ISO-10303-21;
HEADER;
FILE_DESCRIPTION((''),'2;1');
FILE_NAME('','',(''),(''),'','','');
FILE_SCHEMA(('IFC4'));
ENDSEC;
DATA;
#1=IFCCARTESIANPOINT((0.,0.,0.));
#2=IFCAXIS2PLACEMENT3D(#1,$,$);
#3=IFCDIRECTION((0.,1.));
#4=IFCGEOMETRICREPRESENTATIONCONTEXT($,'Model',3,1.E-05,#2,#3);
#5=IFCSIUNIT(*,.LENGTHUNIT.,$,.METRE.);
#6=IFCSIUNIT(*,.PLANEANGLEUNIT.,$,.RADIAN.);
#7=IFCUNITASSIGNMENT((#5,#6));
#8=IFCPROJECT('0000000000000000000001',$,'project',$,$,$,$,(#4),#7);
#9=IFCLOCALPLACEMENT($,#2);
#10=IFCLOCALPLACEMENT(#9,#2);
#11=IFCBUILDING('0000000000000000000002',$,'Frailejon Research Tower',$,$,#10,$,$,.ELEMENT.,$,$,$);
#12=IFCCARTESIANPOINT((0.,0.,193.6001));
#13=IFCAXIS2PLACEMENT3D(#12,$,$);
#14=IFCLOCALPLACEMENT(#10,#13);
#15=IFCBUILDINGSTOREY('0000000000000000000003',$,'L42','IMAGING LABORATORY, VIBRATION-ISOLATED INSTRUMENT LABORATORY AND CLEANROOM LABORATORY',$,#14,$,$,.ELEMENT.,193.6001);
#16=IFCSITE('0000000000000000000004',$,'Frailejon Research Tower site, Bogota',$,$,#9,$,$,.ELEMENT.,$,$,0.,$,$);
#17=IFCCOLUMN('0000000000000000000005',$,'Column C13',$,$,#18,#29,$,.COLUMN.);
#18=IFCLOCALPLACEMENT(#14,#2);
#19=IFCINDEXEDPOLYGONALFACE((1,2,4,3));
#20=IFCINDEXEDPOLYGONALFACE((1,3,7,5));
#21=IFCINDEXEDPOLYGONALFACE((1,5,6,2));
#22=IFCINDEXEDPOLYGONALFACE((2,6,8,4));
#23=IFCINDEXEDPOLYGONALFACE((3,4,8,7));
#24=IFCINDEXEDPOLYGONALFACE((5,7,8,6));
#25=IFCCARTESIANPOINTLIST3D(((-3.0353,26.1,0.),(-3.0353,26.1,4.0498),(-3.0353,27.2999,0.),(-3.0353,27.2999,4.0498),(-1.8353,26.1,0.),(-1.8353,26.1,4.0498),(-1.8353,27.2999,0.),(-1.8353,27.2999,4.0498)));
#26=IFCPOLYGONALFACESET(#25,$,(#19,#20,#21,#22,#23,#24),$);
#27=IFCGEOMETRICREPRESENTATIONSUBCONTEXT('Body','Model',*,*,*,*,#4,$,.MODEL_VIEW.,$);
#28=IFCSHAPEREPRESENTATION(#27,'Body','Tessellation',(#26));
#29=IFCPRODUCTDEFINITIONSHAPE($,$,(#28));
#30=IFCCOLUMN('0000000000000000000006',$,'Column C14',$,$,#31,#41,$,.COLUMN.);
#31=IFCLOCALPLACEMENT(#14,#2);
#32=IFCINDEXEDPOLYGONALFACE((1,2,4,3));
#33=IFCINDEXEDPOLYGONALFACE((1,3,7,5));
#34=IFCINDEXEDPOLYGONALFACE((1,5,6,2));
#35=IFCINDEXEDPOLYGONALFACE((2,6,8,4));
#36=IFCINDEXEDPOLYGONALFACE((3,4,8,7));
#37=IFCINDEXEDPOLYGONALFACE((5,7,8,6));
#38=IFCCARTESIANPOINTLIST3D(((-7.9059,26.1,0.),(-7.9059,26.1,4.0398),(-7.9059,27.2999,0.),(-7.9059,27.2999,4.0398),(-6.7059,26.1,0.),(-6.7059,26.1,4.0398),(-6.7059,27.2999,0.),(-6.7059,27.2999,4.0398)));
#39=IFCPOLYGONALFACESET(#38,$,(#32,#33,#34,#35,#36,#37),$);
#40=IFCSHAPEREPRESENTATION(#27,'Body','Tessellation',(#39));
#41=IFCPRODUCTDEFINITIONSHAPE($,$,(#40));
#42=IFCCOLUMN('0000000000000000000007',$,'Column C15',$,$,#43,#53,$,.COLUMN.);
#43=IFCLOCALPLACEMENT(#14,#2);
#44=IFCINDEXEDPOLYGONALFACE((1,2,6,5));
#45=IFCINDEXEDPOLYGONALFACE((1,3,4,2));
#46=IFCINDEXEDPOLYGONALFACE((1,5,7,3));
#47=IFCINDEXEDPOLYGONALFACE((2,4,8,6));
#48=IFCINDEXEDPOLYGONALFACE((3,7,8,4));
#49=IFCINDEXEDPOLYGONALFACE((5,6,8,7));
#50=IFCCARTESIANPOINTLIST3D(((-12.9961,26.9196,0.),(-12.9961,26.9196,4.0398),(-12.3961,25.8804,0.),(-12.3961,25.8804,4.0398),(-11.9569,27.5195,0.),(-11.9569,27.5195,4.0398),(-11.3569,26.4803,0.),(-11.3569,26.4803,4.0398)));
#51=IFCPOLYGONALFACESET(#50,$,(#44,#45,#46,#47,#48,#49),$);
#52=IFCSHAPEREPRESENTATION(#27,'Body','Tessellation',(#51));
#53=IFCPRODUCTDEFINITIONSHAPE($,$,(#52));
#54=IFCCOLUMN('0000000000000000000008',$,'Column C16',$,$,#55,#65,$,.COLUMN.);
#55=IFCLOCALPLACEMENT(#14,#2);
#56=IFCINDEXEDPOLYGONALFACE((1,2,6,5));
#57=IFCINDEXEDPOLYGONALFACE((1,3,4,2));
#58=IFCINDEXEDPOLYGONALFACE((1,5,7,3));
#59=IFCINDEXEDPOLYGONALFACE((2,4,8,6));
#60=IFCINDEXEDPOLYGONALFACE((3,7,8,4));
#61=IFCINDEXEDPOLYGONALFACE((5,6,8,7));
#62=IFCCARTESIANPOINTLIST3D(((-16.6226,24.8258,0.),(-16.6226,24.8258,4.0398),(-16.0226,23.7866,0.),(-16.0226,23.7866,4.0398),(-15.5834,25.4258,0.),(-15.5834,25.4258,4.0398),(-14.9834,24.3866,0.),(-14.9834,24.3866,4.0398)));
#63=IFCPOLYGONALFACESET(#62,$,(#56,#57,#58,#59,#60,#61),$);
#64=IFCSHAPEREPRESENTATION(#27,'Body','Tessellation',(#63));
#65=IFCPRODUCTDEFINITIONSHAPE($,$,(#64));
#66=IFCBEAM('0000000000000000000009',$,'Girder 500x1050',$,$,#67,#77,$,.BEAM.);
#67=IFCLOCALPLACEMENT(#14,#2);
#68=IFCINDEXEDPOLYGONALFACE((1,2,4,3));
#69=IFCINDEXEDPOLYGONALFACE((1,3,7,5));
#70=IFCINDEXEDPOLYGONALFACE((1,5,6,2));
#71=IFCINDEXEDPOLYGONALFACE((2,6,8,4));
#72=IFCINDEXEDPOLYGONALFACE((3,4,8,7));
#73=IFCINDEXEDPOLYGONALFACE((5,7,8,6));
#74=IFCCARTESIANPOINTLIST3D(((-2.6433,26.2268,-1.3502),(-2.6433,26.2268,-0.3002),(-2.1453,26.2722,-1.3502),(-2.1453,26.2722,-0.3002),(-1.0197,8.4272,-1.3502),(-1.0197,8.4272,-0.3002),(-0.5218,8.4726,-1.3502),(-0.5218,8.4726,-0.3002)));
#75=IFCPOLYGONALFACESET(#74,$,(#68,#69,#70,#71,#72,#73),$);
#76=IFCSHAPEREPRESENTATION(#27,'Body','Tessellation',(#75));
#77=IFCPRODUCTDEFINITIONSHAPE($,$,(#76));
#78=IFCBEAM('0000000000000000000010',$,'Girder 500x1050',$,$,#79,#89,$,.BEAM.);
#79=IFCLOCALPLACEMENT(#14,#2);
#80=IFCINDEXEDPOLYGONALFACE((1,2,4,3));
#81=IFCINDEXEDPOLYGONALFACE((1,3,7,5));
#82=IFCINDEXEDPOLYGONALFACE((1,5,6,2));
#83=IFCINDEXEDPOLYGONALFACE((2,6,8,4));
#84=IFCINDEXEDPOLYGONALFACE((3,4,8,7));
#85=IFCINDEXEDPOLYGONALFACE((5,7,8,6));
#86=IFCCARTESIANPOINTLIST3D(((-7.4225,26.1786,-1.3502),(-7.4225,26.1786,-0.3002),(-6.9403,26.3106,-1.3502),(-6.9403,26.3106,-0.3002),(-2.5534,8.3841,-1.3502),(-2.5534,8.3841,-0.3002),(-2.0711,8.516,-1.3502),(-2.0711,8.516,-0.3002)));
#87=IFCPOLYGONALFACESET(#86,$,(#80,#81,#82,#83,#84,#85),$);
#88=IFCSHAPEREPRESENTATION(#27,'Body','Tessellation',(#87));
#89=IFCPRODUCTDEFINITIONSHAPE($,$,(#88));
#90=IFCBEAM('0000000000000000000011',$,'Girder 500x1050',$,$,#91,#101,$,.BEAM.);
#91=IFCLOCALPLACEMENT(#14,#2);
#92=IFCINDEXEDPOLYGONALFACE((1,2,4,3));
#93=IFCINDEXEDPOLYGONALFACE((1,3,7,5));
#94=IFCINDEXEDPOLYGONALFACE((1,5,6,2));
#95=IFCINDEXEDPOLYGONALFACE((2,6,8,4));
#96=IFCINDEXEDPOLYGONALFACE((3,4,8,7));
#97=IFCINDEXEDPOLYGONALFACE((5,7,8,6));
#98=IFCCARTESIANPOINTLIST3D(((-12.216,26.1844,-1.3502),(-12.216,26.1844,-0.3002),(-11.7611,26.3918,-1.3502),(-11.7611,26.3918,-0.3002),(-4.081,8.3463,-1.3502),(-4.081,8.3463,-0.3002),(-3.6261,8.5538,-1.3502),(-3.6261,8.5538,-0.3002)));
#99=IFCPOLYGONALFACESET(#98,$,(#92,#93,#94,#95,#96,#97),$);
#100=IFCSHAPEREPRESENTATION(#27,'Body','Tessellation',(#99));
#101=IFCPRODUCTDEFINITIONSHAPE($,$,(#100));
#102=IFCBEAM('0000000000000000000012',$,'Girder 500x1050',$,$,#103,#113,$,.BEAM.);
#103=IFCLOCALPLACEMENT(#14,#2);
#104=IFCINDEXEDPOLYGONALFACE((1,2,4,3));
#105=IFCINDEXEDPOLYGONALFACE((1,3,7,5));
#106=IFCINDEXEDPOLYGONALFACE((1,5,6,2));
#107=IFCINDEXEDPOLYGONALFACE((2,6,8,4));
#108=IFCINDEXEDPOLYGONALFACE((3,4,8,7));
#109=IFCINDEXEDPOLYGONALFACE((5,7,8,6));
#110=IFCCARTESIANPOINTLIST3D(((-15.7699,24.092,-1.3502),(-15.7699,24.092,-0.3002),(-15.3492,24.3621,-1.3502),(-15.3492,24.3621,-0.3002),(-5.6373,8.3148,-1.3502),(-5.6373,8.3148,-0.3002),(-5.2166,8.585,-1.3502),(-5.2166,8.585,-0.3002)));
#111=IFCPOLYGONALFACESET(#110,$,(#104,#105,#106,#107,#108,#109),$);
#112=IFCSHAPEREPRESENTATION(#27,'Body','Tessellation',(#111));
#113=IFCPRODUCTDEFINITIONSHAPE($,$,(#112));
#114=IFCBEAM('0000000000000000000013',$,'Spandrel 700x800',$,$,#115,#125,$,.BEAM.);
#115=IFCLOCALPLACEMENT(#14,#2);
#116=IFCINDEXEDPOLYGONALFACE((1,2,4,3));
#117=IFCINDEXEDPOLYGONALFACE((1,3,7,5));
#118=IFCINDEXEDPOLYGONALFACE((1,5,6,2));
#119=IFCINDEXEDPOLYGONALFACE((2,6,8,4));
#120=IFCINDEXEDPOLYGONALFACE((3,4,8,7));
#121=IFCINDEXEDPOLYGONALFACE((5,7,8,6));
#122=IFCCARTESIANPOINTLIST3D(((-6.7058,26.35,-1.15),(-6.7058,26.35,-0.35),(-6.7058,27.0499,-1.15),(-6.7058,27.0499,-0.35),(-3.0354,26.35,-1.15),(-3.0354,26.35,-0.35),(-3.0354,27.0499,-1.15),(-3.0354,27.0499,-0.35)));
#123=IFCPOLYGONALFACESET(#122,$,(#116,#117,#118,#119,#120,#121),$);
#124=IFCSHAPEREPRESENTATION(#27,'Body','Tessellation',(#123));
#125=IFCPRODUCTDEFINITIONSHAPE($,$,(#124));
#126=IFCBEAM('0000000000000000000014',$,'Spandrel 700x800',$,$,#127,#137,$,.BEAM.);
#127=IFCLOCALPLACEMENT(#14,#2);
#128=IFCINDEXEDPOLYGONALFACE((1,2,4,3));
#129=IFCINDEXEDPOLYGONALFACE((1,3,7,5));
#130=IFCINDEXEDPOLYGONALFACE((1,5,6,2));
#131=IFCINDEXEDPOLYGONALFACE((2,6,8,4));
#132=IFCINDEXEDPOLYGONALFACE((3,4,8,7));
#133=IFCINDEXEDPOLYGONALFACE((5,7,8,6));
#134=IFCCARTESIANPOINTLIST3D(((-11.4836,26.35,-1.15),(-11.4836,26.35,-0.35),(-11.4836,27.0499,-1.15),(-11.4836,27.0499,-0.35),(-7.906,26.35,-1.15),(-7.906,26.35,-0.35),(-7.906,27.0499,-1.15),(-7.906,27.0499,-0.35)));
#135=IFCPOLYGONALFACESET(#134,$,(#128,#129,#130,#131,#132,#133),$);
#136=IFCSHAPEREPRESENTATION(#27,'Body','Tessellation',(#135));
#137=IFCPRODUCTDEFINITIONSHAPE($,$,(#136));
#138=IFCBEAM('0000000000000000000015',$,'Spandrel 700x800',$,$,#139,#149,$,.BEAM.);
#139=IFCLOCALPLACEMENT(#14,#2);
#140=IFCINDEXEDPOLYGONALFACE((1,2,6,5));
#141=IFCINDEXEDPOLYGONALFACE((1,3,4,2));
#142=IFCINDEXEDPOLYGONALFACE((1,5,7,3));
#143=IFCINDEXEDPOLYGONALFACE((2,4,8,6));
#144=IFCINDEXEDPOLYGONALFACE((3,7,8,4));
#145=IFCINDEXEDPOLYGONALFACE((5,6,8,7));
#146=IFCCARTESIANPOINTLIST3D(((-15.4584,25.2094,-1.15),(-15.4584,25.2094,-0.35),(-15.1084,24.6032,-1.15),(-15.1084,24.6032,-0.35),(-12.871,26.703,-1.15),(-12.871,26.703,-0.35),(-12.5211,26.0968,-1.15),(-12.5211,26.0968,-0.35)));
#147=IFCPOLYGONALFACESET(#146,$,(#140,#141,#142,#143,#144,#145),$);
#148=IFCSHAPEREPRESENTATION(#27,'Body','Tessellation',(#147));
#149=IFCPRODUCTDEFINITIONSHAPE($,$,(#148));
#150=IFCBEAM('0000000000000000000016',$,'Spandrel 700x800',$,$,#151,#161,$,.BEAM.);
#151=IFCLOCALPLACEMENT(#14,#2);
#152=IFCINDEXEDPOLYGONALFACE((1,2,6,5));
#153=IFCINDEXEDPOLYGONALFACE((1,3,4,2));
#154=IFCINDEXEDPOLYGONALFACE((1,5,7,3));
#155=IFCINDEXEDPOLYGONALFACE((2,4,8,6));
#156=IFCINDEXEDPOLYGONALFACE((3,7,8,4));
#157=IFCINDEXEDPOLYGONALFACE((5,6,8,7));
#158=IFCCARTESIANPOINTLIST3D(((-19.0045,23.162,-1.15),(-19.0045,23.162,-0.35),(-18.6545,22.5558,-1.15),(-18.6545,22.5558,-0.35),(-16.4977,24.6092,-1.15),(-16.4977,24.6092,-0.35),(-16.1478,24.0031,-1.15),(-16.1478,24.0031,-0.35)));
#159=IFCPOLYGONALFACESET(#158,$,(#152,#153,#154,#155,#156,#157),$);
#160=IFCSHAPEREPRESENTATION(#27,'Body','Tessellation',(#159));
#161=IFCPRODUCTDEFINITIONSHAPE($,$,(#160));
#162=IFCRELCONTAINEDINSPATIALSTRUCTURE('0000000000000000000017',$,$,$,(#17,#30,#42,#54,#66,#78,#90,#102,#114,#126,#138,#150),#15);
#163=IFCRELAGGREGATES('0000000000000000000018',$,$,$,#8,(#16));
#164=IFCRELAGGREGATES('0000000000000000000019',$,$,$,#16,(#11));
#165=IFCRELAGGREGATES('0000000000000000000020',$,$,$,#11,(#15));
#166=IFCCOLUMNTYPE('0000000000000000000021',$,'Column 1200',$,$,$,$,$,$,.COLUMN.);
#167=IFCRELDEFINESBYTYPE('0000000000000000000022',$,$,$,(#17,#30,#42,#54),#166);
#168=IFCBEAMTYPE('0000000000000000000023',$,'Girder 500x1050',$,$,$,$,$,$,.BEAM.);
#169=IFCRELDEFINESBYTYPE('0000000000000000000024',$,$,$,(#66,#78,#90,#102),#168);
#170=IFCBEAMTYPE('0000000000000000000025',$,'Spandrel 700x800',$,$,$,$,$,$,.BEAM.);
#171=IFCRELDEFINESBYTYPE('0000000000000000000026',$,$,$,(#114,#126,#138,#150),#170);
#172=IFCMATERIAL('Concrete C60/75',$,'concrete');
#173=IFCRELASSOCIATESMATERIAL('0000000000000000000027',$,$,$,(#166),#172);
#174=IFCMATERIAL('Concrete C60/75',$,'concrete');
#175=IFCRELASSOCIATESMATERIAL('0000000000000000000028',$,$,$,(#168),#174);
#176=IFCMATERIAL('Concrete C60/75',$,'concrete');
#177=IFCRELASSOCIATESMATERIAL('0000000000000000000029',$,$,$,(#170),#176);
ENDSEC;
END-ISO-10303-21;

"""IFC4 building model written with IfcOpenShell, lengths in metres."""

from ifc_helpers import new_model, si_unit, direction, frame, origin, origin_2d, place, context, subcontext, project, spatial, rectangle, extrude, material, material_profile, profile_set, type_object, element, save


model = new_model("IFC4")

# Units and contexts
model_context = context("Model", 3, precision=1e-05, world=origin(), true_north=direction((0.0, 1.0)))
body_context = subcontext(model_context, "Body", "Model", "MODEL_VIEW")
ifc_project = project(units=[si_unit("LENGTHUNIT", "METRE"), si_unit("PLANEANGLEUNIT", "RADIAN")], contexts=[model_context])

# Site, building, storey
site_placement = place(None, origin())
site = spatial("IfcSite", under=ifc_project, at=site_placement, Name="Frailejon Research Tower site, Bogota", CompositionType="ELEMENT", RefElevation=0.0)
building_placement = place(site_placement, origin())
building = spatial("IfcBuilding", under=site, at=building_placement, Name="Frailejon Research Tower", CompositionType="ELEMENT")
storey_placement = place(building_placement, frame((0.0, 0.0, 193.6001)))
storey = spatial("IfcBuildingStorey", under=building, at=storey_placement, Name="L42", Description="IMAGING LABORATORY, VIBRATION-ISOLATED INSTRUMENT LABORATORY AND CLEANROOM LABORATORY", CompositionType="ELEMENT", Elevation=193.6001)

# Columns
ifc_material_1 = material(Name="Concrete C60/75", Category="concrete")
ifc_material_profile_1 = material_profile(ifc_material_1, rectangle(XDim=1.2, YDim=1.2, at=origin_2d()), Name="Column 1200")
ifc_profile_set_1 = profile_set([ifc_material_profile_1], Name="Concrete C60/75")
column_type = type_object("IfcColumnType", Name="Column 1200", PredefinedType="COLUMN", material=ifc_profile_set_1)
column_placement = place(storey_placement, frame((-2.4353, 26.7, 0.0), z_axis=(0.0, 0.0, 1.0), x_axis=(-1.0, 0.0, 0.0)))
element("IfcColumn", 1, at=column_placement, inside=storey, type_object=column_type, Name="Column C13", PredefinedType="COLUMN", context=body_context, shape_type="SweptSolid", body=[
    extrude(rectangle(XDim=1.2, YDim=1.2, at=origin_2d()), origin(), (0.0, 0.0, 1.0), 4.0498),
])
for number, where, z_axis, x_axis, name in (
    (2, (-7.3059, 26.7, 0.0), (0.0, 0.0, 1.0), (-1.0, 0.0, 0.0), "Column C14"),
    (3, (-12.1765, 26.7, 0.0), (0.0, 0.0, 1.0), (-0.866025, -0.5, 0.0), "Column C15"),
    (4, (-15.803, 24.6062, 0.0), (0.0, 0.0, 1.0), (-0.866025, -0.5, 0.0), "Column C16"),
):
    element("IfcColumn", number, at=place(storey_placement, frame(where, z_axis=z_axis, x_axis=x_axis)), inside=storey, type_object=column_type, Name=name, PredefinedType="COLUMN", context=body_context, shape_type="SweptSolid", body=[
        extrude(rectangle(XDim=1.2, YDim=1.2, at=origin_2d()), origin(), (0.0, 0.0, 1.0), 4.0398),
    ])

# Beams
ifc_material_2 = material(Name="Concrete C60/75", Category="concrete")
ifc_material_profile_2 = material_profile(ifc_material_2, rectangle(XDim=0.5, YDim=1.05, at=origin_2d()), Name="Girder 500x1050")
ifc_profile_set_2 = profile_set([ifc_material_profile_2], Name="Concrete C60/75")
beam_type_1 = type_object("IfcBeamType", Name="Girder 500x1050", PredefinedType="BEAM", material=ifc_profile_set_2)
beam_1_placement = place(storey_placement, frame((-2.3943, 26.2495, -0.8252), z_axis=(0.090835, -0.995866, 0.0), x_axis=(0.995866, 0.090835, 0.0)))
element("IfcBeam", 5, at=beam_1_placement, inside=storey, type_object=beam_type_1, Name="Girder 500x1050", PredefinedType="BEAM", context=body_context, shape_type="SweptSolid", body=[
    extrude(rectangle(XDim=0.5, YDim=1.05, at=origin_2d()), origin(), (0.0, 0.0, 1.0), 17.8735),
])
beam_2_placement = place(storey_placement, frame((-7.1814, 26.2446, -0.8252), z_axis=(0.263927, -0.964543, 0.0), x_axis=(0.964543, 0.263927, 0.0)))
element("IfcBeam", 6, at=beam_2_placement, inside=storey, type_object=beam_type_1, Name="Girder 500x1050", PredefinedType="BEAM", context=body_context, shape_type="SweptSolid", body=[
    extrude(rectangle(XDim=0.5, YDim=1.05, at=origin_2d()), origin(), (0.0, 0.0, 1.0), 18.4487),
])
beam_3_placement = place(storey_placement, frame((-11.9885, 26.2881, -0.8252), z_axis=(0.414934, -0.909851, 0.0), x_axis=(0.909851, 0.414934, 0.0)))
element("IfcBeam", 7, at=beam_3_placement, inside=storey, type_object=beam_type_1, Name="Girder 500x1050", PredefinedType="BEAM", context=body_context, shape_type="SweptSolid", body=[
    extrude(rectangle(XDim=0.5, YDim=1.05, at=origin_2d()), origin(), (0.0, 0.0, 1.0), 19.6055),
])
beam_4_placement = place(storey_placement, frame((-15.5596, 24.2271, -0.8252), z_axis=(0.540386, -0.841417, 0.0), x_axis=(0.841417, 0.540386, 0.0)))
element("IfcBeam", 8, at=beam_4_placement, inside=storey, type_object=beam_type_1, Name="Girder 500x1050", PredefinedType="BEAM", context=body_context, shape_type="SweptSolid", body=[
    extrude(rectangle(XDim=0.5, YDim=1.05, at=origin_2d()), origin(), (0.0, 0.0, 1.0), 18.7507),
])
ifc_material_3 = material(Name="Concrete C60/75", Category="concrete")
ifc_material_profile_3 = material_profile(ifc_material_3, rectangle(XDim=0.7, YDim=0.8, at=origin_2d()), Name="Spandrel 700x800")
ifc_profile_set_3 = profile_set([ifc_material_profile_3], Name="Concrete C60/75")
beam_type_2 = type_object("IfcBeamType", Name="Spandrel 700x800", PredefinedType="BEAM", material=ifc_profile_set_3)
beam_5_placement = place(storey_placement, frame((-3.0354, 26.7, -0.75), z_axis=(-1.0, 0.0, 0.0), x_axis=(0.0, -1.0, 0.0)))
element("IfcBeam", 9, at=beam_5_placement, inside=storey, type_object=beam_type_2, Name="Spandrel 700x800", PredefinedType="BEAM", context=body_context, shape_type="SweptSolid", body=[
    extrude(rectangle(XDim=0.7, YDim=0.8, at=origin_2d()), origin(), (0.0, 0.0, 1.0), 3.6704),
])
beam_6_placement = place(storey_placement, frame((-7.906, 26.7, -0.75), z_axis=(-1.0, 0.0, 0.0), x_axis=(0.0, -1.0, 0.0)))
element("IfcBeam", 10, at=beam_6_placement, inside=storey, type_object=beam_type_2, Name="Spandrel 700x800", PredefinedType="BEAM", context=body_context, shape_type="SweptSolid", body=[
    extrude(rectangle(XDim=0.7, YDim=0.8, at=origin_2d()), origin(), (0.0, 0.0, 1.0), 3.5776),
])
beam_7_placement = place(storey_placement, frame((-12.696, 26.3999, -0.75), z_axis=(-0.866052, -0.499954, 0.0), x_axis=(0.499954, -0.866052, 0.0)))
element("IfcBeam", 11, at=beam_7_placement, inside=storey, type_object=beam_type_2, Name="Spandrel 700x800", PredefinedType="BEAM", context=body_context, shape_type="SweptSolid", body=[
    extrude(rectangle(XDim=0.7, YDim=0.8, at=origin_2d()), origin(), (0.0, 0.0, 1.0), 2.9875),
])
beam_8_placement = place(storey_placement, frame((-16.3228, 24.3062, -0.75), z_axis=(-0.866034, -0.499985, 0.0), x_axis=(0.499985, -0.866034, 0.0)))
element("IfcBeam", 12, at=beam_8_placement, inside=storey, type_object=beam_type_2, Name="Spandrel 700x800", PredefinedType="BEAM", context=body_context, shape_type="SweptSolid", body=[
    extrude(rectangle(XDim=0.7, YDim=0.8, at=origin_2d()), origin(), (0.0, 0.0, 1.0), 2.8945),
])

save(model, "model.ifc")
